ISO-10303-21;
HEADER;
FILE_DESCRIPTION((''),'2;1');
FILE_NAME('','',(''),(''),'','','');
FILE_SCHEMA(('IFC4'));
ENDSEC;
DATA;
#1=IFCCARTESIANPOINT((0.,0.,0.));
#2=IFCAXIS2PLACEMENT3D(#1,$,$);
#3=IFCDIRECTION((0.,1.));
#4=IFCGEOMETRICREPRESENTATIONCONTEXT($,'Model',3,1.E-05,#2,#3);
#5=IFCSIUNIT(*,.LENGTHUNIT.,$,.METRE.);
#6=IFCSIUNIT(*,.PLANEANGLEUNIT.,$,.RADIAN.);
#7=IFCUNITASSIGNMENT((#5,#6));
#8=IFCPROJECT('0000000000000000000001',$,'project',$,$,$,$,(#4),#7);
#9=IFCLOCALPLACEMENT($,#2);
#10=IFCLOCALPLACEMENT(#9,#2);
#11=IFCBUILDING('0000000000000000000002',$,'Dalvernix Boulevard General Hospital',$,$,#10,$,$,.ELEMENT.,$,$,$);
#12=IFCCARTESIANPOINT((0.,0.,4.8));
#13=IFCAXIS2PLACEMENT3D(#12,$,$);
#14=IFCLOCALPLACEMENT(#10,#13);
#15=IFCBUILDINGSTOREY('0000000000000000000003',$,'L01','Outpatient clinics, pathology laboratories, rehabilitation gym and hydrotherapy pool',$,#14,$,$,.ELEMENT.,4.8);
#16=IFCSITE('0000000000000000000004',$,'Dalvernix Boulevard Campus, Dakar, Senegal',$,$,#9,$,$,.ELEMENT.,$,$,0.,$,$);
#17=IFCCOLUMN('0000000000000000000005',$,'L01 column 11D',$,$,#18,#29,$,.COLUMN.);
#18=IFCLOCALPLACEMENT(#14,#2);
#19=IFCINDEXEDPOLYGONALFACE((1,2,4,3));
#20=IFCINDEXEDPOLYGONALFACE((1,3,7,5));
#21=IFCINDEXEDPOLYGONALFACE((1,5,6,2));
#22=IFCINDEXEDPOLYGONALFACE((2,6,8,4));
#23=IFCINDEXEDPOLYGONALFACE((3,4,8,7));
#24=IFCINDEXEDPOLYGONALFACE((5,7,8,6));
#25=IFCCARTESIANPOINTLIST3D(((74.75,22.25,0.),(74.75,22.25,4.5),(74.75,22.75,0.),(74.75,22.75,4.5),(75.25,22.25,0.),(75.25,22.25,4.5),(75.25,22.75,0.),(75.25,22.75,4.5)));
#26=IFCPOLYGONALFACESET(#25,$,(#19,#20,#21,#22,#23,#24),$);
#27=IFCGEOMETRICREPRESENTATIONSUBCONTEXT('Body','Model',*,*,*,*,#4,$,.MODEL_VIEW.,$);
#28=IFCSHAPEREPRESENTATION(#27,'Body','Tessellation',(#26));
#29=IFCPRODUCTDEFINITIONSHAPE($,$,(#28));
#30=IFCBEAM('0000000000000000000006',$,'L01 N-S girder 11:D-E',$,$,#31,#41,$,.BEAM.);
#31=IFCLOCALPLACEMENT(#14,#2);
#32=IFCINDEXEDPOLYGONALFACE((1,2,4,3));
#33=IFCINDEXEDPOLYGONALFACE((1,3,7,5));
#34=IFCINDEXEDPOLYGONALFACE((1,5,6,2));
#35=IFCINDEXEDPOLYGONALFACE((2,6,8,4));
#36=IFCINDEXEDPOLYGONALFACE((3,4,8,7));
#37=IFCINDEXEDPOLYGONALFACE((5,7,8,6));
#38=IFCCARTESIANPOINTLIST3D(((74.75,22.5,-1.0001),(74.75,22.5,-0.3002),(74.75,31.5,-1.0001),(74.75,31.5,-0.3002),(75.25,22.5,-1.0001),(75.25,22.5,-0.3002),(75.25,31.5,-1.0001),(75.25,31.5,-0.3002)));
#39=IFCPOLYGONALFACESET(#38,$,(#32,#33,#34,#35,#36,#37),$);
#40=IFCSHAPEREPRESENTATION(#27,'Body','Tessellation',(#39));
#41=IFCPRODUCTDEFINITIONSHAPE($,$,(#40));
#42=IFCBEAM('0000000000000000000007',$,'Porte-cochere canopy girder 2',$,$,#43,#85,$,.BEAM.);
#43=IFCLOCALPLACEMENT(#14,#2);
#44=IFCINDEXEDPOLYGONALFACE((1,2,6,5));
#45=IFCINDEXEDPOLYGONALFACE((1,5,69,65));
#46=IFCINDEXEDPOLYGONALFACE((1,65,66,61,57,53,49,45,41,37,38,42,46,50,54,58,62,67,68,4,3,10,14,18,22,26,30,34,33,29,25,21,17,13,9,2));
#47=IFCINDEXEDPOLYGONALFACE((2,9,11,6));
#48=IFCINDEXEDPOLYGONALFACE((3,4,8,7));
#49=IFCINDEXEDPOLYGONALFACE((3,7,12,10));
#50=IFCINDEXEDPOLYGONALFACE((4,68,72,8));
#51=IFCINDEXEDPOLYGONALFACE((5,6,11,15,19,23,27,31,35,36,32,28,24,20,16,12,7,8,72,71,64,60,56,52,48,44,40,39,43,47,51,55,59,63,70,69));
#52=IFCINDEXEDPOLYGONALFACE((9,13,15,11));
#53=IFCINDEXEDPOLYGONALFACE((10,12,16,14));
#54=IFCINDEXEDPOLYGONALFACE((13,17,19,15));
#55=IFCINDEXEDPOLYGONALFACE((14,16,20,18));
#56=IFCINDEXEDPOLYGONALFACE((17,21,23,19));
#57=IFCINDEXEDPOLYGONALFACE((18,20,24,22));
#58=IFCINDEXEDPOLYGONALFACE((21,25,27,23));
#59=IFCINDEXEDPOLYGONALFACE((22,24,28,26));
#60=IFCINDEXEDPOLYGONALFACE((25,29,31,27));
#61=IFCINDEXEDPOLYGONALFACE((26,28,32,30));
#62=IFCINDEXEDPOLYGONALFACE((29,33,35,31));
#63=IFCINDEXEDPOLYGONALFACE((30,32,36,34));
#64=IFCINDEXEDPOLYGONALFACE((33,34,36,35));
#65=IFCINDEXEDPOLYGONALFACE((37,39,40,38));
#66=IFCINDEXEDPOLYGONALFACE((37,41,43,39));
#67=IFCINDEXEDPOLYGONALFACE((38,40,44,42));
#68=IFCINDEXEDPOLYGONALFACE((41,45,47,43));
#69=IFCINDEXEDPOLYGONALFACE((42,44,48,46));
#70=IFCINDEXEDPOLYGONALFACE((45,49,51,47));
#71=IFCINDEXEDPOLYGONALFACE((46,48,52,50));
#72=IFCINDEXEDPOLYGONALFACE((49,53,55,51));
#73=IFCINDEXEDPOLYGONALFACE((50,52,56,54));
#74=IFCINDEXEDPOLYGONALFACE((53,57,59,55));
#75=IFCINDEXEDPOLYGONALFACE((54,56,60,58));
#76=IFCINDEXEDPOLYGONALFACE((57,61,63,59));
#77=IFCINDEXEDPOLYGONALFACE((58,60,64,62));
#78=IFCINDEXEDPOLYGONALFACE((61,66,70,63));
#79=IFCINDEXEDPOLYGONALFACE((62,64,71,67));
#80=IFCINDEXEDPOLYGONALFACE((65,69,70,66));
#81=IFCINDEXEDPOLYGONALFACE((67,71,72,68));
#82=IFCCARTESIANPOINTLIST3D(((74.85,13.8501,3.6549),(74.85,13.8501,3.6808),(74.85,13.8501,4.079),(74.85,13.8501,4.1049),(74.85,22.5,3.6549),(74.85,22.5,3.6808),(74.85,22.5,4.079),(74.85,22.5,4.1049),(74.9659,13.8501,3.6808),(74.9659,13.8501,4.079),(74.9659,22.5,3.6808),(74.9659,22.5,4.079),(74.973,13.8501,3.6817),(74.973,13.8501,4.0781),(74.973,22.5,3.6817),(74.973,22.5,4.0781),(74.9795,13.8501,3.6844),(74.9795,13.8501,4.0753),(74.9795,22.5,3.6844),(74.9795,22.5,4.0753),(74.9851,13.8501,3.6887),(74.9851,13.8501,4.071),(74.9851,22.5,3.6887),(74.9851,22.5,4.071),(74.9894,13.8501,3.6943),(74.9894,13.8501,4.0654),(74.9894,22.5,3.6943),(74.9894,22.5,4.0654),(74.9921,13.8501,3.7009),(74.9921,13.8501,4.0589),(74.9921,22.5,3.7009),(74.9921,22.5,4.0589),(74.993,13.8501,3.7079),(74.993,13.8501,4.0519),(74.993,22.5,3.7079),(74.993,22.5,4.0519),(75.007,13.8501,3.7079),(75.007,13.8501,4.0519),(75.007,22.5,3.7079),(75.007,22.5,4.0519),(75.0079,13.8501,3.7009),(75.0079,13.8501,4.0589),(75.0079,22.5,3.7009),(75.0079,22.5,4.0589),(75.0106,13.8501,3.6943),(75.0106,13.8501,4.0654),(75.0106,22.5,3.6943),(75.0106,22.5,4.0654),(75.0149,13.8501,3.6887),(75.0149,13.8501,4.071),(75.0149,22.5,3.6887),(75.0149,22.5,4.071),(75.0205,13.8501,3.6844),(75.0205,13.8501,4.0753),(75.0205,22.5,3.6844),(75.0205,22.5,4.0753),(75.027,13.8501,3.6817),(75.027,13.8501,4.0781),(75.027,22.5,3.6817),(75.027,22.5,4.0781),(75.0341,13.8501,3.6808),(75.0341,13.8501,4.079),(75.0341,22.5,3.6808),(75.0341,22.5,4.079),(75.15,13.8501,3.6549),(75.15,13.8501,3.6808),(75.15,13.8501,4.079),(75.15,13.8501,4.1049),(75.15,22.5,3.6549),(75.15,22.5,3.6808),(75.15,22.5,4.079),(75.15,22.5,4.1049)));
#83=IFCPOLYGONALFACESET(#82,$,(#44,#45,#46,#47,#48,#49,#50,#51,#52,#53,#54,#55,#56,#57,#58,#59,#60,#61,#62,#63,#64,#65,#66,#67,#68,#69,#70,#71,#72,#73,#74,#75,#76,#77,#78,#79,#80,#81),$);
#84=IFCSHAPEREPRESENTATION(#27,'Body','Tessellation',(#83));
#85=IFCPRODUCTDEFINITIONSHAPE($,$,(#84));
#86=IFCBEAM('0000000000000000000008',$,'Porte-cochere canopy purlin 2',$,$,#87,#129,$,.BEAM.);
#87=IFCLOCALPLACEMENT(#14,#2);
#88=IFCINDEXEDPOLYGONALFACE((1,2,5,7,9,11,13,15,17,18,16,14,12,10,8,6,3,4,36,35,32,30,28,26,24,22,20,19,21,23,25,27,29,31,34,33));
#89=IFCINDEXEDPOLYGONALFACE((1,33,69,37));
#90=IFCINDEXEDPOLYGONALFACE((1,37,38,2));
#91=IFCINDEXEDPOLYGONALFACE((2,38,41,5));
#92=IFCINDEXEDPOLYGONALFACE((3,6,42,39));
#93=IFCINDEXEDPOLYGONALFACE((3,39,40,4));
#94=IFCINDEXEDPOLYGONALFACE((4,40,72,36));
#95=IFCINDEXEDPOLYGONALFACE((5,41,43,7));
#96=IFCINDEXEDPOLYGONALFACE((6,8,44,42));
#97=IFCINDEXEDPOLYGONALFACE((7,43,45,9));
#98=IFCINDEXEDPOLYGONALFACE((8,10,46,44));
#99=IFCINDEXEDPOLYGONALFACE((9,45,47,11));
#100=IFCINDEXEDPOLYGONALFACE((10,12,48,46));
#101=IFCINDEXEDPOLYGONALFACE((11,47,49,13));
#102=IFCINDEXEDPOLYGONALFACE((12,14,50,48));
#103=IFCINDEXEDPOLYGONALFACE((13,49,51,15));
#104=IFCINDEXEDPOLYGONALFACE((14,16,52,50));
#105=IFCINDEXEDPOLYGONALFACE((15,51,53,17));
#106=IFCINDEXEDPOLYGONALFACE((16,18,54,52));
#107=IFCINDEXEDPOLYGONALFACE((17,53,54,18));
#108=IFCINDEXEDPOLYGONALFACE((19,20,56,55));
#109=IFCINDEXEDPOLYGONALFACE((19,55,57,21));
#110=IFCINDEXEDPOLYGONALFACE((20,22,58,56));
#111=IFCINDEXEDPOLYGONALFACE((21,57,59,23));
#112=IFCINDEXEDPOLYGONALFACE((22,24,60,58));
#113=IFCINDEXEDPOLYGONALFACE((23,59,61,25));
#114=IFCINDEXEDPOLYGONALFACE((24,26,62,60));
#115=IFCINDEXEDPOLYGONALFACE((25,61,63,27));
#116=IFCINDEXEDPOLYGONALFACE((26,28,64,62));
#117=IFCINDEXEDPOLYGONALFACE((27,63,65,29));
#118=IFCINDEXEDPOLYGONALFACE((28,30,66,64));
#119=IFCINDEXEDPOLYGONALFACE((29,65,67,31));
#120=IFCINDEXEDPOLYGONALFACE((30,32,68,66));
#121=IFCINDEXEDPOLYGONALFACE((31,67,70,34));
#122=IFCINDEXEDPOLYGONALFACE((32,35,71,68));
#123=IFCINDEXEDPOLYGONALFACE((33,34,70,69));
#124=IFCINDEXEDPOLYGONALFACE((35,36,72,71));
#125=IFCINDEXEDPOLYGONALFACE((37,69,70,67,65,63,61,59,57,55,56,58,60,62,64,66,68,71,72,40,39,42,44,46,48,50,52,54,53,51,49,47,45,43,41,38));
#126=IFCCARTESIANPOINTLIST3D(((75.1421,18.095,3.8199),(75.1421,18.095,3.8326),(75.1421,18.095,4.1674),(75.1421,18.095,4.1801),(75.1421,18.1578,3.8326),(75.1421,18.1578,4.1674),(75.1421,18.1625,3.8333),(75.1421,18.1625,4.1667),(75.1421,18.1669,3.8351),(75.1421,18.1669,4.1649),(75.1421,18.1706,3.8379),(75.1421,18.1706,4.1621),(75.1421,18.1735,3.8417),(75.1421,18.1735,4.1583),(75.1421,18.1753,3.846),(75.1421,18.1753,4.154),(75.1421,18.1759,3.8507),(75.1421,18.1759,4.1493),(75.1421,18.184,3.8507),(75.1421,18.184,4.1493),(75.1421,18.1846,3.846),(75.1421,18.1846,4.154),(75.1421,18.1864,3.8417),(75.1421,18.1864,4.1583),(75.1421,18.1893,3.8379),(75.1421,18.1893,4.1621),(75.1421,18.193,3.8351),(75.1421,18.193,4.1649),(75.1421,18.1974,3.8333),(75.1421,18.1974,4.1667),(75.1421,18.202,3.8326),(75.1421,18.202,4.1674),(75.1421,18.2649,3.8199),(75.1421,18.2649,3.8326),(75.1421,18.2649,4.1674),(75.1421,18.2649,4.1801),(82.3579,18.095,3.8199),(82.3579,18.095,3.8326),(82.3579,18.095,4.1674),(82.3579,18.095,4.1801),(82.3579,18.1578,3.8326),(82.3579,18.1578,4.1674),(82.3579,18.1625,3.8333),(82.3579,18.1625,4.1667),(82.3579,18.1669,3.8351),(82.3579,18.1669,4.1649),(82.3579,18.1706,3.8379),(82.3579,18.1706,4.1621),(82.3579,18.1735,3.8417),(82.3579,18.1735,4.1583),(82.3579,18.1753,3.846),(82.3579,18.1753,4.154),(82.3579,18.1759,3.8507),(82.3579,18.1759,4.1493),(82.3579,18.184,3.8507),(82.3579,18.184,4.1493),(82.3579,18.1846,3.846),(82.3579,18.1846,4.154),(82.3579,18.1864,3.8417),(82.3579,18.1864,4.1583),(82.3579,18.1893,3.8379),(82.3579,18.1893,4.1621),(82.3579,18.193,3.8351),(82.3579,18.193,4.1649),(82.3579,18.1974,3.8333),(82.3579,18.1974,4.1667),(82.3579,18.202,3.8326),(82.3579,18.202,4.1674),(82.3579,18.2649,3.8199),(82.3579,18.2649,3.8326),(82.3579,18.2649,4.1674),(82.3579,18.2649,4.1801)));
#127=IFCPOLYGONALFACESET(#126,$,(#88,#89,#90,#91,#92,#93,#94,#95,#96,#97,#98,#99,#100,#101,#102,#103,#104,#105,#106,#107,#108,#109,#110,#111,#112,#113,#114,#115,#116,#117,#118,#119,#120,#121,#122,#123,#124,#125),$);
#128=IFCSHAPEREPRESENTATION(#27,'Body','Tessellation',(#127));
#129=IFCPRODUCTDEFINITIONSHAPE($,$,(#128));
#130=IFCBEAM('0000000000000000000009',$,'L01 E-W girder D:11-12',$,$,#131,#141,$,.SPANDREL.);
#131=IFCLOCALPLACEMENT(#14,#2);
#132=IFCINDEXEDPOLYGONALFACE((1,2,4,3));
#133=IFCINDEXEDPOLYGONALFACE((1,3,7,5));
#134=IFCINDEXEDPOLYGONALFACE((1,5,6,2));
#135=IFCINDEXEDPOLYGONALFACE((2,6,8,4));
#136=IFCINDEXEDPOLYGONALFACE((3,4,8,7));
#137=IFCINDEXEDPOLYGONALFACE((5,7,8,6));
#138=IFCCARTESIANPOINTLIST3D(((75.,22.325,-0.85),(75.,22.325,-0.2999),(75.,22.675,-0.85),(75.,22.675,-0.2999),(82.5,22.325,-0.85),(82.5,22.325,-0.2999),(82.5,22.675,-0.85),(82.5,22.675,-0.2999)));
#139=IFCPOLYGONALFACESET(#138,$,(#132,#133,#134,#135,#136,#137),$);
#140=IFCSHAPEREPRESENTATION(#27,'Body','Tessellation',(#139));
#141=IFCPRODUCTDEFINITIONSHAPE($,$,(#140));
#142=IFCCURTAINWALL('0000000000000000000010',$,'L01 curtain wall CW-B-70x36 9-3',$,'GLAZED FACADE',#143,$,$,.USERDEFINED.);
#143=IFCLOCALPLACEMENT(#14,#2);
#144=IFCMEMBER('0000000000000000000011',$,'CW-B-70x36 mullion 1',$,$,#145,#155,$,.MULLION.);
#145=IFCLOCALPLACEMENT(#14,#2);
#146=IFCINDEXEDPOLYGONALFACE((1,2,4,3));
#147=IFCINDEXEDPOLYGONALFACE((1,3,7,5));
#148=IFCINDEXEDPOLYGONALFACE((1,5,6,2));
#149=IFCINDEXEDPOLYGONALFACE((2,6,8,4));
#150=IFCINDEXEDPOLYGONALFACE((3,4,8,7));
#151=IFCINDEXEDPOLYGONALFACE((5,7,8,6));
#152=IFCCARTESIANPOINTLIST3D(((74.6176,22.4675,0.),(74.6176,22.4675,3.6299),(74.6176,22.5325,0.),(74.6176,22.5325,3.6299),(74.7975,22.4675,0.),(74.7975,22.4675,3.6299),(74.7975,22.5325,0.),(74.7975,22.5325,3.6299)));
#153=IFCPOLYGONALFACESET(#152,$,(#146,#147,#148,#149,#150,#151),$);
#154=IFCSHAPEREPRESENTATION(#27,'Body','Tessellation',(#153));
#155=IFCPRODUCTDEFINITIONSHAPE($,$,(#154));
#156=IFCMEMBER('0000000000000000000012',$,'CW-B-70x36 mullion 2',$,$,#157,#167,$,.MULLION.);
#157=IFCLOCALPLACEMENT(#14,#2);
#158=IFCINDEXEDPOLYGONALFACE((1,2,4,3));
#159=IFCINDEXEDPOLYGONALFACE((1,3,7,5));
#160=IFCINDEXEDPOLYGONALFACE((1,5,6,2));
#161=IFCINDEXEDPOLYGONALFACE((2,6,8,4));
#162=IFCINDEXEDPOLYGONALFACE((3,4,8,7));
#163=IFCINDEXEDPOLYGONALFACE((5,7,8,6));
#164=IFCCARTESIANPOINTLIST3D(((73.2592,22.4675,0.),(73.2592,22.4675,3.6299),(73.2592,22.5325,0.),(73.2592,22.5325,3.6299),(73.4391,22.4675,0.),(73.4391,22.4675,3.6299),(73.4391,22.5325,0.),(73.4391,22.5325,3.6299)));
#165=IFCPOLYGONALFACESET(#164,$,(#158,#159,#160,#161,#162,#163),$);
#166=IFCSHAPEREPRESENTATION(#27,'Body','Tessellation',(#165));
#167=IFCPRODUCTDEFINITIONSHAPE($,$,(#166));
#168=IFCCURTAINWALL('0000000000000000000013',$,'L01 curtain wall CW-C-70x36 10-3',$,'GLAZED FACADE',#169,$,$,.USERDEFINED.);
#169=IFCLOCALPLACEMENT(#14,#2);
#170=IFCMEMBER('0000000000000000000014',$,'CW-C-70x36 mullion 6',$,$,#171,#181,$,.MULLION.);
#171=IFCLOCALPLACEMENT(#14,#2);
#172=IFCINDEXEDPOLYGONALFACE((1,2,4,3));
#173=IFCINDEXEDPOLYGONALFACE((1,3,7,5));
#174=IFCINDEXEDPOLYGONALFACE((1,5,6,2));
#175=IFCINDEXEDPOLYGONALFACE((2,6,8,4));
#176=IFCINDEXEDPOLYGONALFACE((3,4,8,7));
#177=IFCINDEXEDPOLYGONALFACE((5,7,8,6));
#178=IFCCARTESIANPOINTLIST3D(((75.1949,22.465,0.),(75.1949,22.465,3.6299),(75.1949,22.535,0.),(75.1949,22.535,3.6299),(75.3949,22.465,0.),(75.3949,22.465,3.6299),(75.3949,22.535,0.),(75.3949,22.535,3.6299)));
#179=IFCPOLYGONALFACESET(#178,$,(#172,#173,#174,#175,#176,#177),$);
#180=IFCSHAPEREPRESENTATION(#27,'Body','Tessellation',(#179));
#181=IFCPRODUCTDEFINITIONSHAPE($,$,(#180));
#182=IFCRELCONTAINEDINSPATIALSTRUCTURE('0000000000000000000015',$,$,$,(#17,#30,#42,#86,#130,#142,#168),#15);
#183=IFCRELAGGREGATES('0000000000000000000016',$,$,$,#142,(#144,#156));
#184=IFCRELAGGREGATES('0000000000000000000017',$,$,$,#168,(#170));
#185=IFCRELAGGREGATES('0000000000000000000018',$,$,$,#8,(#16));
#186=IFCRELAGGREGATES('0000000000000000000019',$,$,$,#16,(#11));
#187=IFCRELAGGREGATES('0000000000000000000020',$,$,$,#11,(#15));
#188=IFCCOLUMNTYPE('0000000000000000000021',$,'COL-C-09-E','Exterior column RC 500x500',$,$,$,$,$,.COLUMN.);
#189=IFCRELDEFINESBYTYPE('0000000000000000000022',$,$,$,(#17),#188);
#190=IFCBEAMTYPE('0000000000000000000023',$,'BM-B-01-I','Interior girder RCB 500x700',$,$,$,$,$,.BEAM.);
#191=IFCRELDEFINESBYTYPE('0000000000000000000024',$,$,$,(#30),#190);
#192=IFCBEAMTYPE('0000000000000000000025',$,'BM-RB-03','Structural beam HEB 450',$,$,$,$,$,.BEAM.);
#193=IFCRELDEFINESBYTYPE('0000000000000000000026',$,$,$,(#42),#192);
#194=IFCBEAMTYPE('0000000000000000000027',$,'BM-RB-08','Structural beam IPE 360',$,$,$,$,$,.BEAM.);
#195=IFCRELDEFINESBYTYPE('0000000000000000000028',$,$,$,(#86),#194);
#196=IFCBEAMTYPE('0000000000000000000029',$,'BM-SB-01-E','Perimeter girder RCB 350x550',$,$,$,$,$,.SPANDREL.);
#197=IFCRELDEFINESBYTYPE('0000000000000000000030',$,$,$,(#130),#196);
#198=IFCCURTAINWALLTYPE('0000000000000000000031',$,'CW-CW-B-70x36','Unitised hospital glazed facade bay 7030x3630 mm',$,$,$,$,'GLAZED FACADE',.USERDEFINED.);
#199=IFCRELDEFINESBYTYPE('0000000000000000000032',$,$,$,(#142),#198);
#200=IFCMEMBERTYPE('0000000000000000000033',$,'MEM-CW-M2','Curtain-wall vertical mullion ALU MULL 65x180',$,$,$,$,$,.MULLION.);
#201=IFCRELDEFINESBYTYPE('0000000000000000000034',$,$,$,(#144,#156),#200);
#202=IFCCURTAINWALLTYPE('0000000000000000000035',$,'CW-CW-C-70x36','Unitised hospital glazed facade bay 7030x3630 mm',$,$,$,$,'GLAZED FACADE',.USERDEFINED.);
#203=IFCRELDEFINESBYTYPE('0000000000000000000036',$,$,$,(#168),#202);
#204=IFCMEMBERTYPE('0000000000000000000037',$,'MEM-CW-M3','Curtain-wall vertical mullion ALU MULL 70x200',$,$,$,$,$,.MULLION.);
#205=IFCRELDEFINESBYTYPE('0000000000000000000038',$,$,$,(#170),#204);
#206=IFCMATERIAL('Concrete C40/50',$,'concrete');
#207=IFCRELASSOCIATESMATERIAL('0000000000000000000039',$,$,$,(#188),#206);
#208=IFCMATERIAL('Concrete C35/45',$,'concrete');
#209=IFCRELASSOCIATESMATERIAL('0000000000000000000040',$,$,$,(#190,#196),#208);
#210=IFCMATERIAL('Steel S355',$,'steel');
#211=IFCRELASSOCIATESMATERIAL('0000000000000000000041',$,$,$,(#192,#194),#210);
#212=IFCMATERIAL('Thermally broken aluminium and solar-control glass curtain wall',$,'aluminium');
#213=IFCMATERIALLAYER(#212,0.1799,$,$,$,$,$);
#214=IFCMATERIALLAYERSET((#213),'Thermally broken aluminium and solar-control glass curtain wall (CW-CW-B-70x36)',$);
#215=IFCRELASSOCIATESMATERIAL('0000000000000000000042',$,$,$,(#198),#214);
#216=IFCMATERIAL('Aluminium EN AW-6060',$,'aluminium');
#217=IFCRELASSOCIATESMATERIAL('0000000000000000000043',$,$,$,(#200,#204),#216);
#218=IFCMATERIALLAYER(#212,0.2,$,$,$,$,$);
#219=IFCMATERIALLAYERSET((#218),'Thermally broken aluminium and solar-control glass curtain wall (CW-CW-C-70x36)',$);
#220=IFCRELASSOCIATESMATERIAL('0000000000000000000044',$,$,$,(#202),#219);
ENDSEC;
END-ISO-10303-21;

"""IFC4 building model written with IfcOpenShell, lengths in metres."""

from ifc_helpers import new_model, si_unit, direction, frame, origin, origin_2d, place, context, subcontext, project, spatial, rectangle, i_section, extrude, material, layer, layer_set, material_profile, profile_set, type_object, element, aggregate, save


model = new_model("IFC4")

# Units and contexts
model_context = context("Model", 3, precision=1e-05, world=origin(), true_north=direction((0.0, 1.0)))
body_context = subcontext(model_context, "Body", "Model", "MODEL_VIEW")
ifc_project = project(units=[si_unit("LENGTHUNIT", "METRE"), si_unit("PLANEANGLEUNIT", "RADIAN")], contexts=[model_context])

# Site, building, storey
site_placement = place(None, origin())
site = spatial("IfcSite", under=ifc_project, at=site_placement, Name="Dalvernix Boulevard Campus, Dakar, Senegal", CompositionType="ELEMENT", RefElevation=0.0)
building_placement = place(site_placement, origin())
building = spatial("IfcBuilding", under=site, at=building_placement, Name="Dalvernix Boulevard General Hospital", CompositionType="ELEMENT")
storey_placement = place(building_placement, frame((0.0, 0.0, 4.8)))
storey = spatial("IfcBuildingStorey", under=building, at=storey_placement, Name="L01", Description="Outpatient clinics, pathology laboratories, rehabilitation gym and hydrotherapy pool", CompositionType="ELEMENT", Elevation=4.8)

# Column
ifc_material_1 = material(Name="Concrete C40/50", Category="concrete")
ifc_material_profile_1 = material_profile(ifc_material_1, rectangle(XDim=0.5, YDim=0.5, at=origin_2d()), Name="RC 500x500")
ifc_profile_set_1 = profile_set([ifc_material_profile_1], Name="Concrete C40/50")
column_type = type_object("IfcColumnType", Name="COL-C-09-E", Description="Exterior column RC 500x500", PredefinedType="COLUMN", material=ifc_profile_set_1)
column_placement = place(storey_placement, frame((75.0, 22.5, 0.0), z_axis=(0.0, 0.0, 1.0), x_axis=(1.0, 0.0, 0.0)))
element("IfcColumn", 1, at=column_placement, inside=storey, type_object=column_type, Name="L01 column 11D", PredefinedType="COLUMN", context=body_context, shape_type="SweptSolid", body=[
    extrude(rectangle(XDim=0.5, YDim=0.5, at=origin_2d()), origin(), (0.0, 0.0, 1.0), 4.5),
])

# Beams
ifc_material_2 = material(Name="Concrete C35/45", Category="concrete")
ifc_material_profile_2 = material_profile(ifc_material_2, rectangle(XDim=0.5, YDim=0.7, at=origin_2d()), Name="RCB 500x700")
ifc_profile_set_2 = profile_set([ifc_material_profile_2], Name="Concrete C35/45")
beam_type_1 = type_object("IfcBeamType", Name="BM-B-01-I", Description="Interior girder RCB 500x700", PredefinedType="BEAM", material=ifc_profile_set_2)
beam_1_placement = place(storey_placement, frame((75.0, 22.5, -0.6501), z_axis=(0.0, 1.0, 0.0), x_axis=(-1.0, 0.0, 0.0)))
element("IfcBeam", 2, at=beam_1_placement, inside=storey, type_object=beam_type_1, Name="L01 N-S girder 11:D-E", PredefinedType="BEAM", context=body_context, shape_type="SweptSolid", body=[
    extrude(rectangle(XDim=0.5, YDim=0.7, at=origin_2d()), origin(), (0.0, 0.0, 1.0), 9.0),
])
ifc_material_3 = material(Name="Steel S355", Category="steel")
ifc_material_profile_3 = material_profile(ifc_material_3, i_section(OverallWidth=0.3, OverallDepth=0.45, WebThickness=0.0139, FlangeThickness=0.0259, FilletRadius=0.0271, at=origin_2d()), Name="HEB 450")
ifc_profile_set_3 = profile_set([ifc_material_profile_3], Name="Steel S355")
beam_type_2 = type_object("IfcBeamType", Name="BM-RB-03", Description="Structural beam HEB 450", PredefinedType="BEAM", material=ifc_profile_set_3)
beam_2_placement = place(storey_placement, frame((75.0, 22.5, 3.8799), z_axis=(0.0, -1.0, 0.0), x_axis=(1.0, 0.0, 0.0)))
element("IfcBeam", 3, at=beam_2_placement, inside=storey, type_object=beam_type_2, Name="Porte-cochere canopy girder 2", PredefinedType="BEAM", context=body_context, shape_type="SweptSolid", body=[
    extrude(i_section(OverallWidth=0.3, OverallDepth=0.45, WebThickness=0.0139, FlangeThickness=0.0259, FilletRadius=0.0271, at=origin_2d()), origin(), (0.0, 0.0, 1.0), 8.6499),
])
ifc_material_profile_4 = material_profile(ifc_material_3, i_section(OverallWidth=0.1699, OverallDepth=0.3601, WebThickness=0.0081, FlangeThickness=0.0127, FilletRadius=0.0181, at=origin_2d()), Name="IPE 360")
ifc_profile_set_4 = profile_set([ifc_material_profile_4], Name="Steel S355")
beam_type_3 = type_object("IfcBeamType", Name="BM-RB-08", Description="Structural beam IPE 360", PredefinedType="BEAM", material=ifc_profile_set_4)
beam_3_placement = place(storey_placement, frame((75.1421, 18.1799, 4.0), z_axis=(1.0, 0.0, 0.0), x_axis=(0.0, 1.0, 0.0)))
element("IfcBeam", 4, at=beam_3_placement, inside=storey, type_object=beam_type_3, Name="Porte-cochere canopy purlin 2", PredefinedType="BEAM", context=body_context, shape_type="SweptSolid", body=[
    extrude(i_section(OverallWidth=0.1699, OverallDepth=0.3601, WebThickness=0.0081, FlangeThickness=0.0127, FilletRadius=0.0181, at=origin_2d()), origin(), (0.0, 0.0, 1.0), 7.2158),
])
ifc_material_profile_5 = material_profile(ifc_material_2, rectangle(XDim=0.3501, YDim=0.55, at=origin_2d()), Name="RCB 350x550")
ifc_profile_set_5 = profile_set([ifc_material_profile_5], Name="Concrete C35/45")
beam_type_4 = type_object("IfcBeamType", Name="BM-SB-01-E", Description="Perimeter girder RCB 350x550", PredefinedType="SPANDREL", material=ifc_profile_set_5)
beam_4_placement = place(storey_placement, frame((75.0, 22.5, -0.575), z_axis=(1.0, 0.0, 0.0), x_axis=(0.0, 1.0, 0.0)))
element("IfcBeam", 5, at=beam_4_placement, inside=storey, type_object=beam_type_4, Name="L01 E-W girder D:11-12", PredefinedType="SPANDREL", context=body_context, shape_type="SweptSolid", body=[
    extrude(rectangle(XDim=0.3501, YDim=0.55, at=origin_2d()), origin(), (0.0, 0.0, 1.0), 7.5),
])

# Curtain wall, members
ifc_material_4 = material(Name="Thermally broken aluminium and solar-control glass curtain wall", Category="aluminium")
ifc_layer_1 = layer(ifc_material_4, 0.1799)
ifc_layer_set_1 = layer_set([ifc_layer_1], Name="Thermally broken aluminium and solar-control glass curtain wall (CW-CW-B-70x36)")
curtain_wall_type_1 = type_object("IfcCurtainWallType", Name="CW-CW-B-70x36", Description="Unitised hospital glazed facade bay 7030x3630 mm", ElementType="GLAZED FACADE", PredefinedType="USERDEFINED", material=ifc_layer_set_1)
curtain_wall_1_placement = place(storey_placement, origin())
curtain_wall_1 = element("IfcCurtainWall", 6, at=curtain_wall_1_placement, inside=storey, type_object=curtain_wall_type_1, Name="L01 curtain wall CW-B-70x36 9-3", ObjectType="GLAZED FACADE", PredefinedType="USERDEFINED")
ifc_material_5 = material(Name="Aluminium EN AW-6060", Category="aluminium")
ifc_material_profile_6 = material_profile(ifc_material_5, rectangle(XDim=0.0649, YDim=0.1799, at=origin_2d()), Name="ALU MULL 65x180")
ifc_profile_set_6 = profile_set([ifc_material_profile_6], Name="Aluminium EN AW-6060")
member_type_1 = type_object("IfcMemberType", Name="MEM-CW-M2", Description="Curtain-wall vertical mullion ALU MULL 65x180", PredefinedType="MULLION", material=ifc_profile_set_6)
member_1_placement = place(storey_placement, frame((74.7075, 22.5, 0.0), z_axis=(0.0, 0.0, 1.0), x_axis=(0.0, -1.0, 0.0)))
member_1 = element("IfcMember", 7, at=member_1_placement, type_object=member_type_1, Name="CW-B-70x36 mullion 1", PredefinedType="MULLION", context=body_context, shape_type="SweptSolid", body=[
    extrude(rectangle(XDim=0.0649, YDim=0.1799, at=origin_2d()), origin(), (0.0, 0.0, 1.0), 3.6299),
])
member_2_placement = place(storey_placement, frame((73.3491, 22.5, 0.0), z_axis=(0.0, 0.0, 1.0), x_axis=(0.0, -1.0, 0.0)))
member_2 = element("IfcMember", 8, at=member_2_placement, type_object=member_type_1, Name="CW-B-70x36 mullion 2", PredefinedType="MULLION", context=body_context, shape_type="SweptSolid", body=[
    extrude(rectangle(XDim=0.0649, YDim=0.1799, at=origin_2d()), origin(), (0.0, 0.0, 1.0), 3.6299),
])

# Curtain wall, member
ifc_layer_2 = layer(ifc_material_4, 0.2)
ifc_layer_set_2 = layer_set([ifc_layer_2], Name="Thermally broken aluminium and solar-control glass curtain wall (CW-CW-C-70x36)")
curtain_wall_type_2 = type_object("IfcCurtainWallType", Name="CW-CW-C-70x36", Description="Unitised hospital glazed facade bay 7030x3630 mm", ElementType="GLAZED FACADE", PredefinedType="USERDEFINED", material=ifc_layer_set_2)
curtain_wall_2_placement = place(storey_placement, origin())
curtain_wall_2 = element("IfcCurtainWall", 9, at=curtain_wall_2_placement, inside=storey, type_object=curtain_wall_type_2, Name="L01 curtain wall CW-C-70x36 10-3", ObjectType="GLAZED FACADE", PredefinedType="USERDEFINED")
ifc_material_profile_7 = material_profile(ifc_material_5, rectangle(XDim=0.0701, YDim=0.2, at=origin_2d()), Name="ALU MULL 70x200")
ifc_profile_set_7 = profile_set([ifc_material_profile_7], Name="Aluminium EN AW-6060")
member_type_2 = type_object("IfcMemberType", Name="MEM-CW-M3", Description="Curtain-wall vertical mullion ALU MULL 70x200", PredefinedType="MULLION", material=ifc_profile_set_7)
member_3_placement = place(storey_placement, frame((75.2949, 22.5, 0.0), z_axis=(0.0, 0.0, 1.0), x_axis=(0.0, -1.0, 0.0)))
member_3 = element("IfcMember", 10, at=member_3_placement, type_object=member_type_2, Name="CW-C-70x36 mullion 6", PredefinedType="MULLION", context=body_context, shape_type="SweptSolid", body=[
    extrude(rectangle(XDim=0.0701, YDim=0.2, at=origin_2d()), origin(), (0.0, 0.0, 1.0), 3.6299),
])

aggregate(curtain_wall_1, [member_1, member_2])
aggregate(curtain_wall_2, [member_3])

save(model, "model.ifc")
